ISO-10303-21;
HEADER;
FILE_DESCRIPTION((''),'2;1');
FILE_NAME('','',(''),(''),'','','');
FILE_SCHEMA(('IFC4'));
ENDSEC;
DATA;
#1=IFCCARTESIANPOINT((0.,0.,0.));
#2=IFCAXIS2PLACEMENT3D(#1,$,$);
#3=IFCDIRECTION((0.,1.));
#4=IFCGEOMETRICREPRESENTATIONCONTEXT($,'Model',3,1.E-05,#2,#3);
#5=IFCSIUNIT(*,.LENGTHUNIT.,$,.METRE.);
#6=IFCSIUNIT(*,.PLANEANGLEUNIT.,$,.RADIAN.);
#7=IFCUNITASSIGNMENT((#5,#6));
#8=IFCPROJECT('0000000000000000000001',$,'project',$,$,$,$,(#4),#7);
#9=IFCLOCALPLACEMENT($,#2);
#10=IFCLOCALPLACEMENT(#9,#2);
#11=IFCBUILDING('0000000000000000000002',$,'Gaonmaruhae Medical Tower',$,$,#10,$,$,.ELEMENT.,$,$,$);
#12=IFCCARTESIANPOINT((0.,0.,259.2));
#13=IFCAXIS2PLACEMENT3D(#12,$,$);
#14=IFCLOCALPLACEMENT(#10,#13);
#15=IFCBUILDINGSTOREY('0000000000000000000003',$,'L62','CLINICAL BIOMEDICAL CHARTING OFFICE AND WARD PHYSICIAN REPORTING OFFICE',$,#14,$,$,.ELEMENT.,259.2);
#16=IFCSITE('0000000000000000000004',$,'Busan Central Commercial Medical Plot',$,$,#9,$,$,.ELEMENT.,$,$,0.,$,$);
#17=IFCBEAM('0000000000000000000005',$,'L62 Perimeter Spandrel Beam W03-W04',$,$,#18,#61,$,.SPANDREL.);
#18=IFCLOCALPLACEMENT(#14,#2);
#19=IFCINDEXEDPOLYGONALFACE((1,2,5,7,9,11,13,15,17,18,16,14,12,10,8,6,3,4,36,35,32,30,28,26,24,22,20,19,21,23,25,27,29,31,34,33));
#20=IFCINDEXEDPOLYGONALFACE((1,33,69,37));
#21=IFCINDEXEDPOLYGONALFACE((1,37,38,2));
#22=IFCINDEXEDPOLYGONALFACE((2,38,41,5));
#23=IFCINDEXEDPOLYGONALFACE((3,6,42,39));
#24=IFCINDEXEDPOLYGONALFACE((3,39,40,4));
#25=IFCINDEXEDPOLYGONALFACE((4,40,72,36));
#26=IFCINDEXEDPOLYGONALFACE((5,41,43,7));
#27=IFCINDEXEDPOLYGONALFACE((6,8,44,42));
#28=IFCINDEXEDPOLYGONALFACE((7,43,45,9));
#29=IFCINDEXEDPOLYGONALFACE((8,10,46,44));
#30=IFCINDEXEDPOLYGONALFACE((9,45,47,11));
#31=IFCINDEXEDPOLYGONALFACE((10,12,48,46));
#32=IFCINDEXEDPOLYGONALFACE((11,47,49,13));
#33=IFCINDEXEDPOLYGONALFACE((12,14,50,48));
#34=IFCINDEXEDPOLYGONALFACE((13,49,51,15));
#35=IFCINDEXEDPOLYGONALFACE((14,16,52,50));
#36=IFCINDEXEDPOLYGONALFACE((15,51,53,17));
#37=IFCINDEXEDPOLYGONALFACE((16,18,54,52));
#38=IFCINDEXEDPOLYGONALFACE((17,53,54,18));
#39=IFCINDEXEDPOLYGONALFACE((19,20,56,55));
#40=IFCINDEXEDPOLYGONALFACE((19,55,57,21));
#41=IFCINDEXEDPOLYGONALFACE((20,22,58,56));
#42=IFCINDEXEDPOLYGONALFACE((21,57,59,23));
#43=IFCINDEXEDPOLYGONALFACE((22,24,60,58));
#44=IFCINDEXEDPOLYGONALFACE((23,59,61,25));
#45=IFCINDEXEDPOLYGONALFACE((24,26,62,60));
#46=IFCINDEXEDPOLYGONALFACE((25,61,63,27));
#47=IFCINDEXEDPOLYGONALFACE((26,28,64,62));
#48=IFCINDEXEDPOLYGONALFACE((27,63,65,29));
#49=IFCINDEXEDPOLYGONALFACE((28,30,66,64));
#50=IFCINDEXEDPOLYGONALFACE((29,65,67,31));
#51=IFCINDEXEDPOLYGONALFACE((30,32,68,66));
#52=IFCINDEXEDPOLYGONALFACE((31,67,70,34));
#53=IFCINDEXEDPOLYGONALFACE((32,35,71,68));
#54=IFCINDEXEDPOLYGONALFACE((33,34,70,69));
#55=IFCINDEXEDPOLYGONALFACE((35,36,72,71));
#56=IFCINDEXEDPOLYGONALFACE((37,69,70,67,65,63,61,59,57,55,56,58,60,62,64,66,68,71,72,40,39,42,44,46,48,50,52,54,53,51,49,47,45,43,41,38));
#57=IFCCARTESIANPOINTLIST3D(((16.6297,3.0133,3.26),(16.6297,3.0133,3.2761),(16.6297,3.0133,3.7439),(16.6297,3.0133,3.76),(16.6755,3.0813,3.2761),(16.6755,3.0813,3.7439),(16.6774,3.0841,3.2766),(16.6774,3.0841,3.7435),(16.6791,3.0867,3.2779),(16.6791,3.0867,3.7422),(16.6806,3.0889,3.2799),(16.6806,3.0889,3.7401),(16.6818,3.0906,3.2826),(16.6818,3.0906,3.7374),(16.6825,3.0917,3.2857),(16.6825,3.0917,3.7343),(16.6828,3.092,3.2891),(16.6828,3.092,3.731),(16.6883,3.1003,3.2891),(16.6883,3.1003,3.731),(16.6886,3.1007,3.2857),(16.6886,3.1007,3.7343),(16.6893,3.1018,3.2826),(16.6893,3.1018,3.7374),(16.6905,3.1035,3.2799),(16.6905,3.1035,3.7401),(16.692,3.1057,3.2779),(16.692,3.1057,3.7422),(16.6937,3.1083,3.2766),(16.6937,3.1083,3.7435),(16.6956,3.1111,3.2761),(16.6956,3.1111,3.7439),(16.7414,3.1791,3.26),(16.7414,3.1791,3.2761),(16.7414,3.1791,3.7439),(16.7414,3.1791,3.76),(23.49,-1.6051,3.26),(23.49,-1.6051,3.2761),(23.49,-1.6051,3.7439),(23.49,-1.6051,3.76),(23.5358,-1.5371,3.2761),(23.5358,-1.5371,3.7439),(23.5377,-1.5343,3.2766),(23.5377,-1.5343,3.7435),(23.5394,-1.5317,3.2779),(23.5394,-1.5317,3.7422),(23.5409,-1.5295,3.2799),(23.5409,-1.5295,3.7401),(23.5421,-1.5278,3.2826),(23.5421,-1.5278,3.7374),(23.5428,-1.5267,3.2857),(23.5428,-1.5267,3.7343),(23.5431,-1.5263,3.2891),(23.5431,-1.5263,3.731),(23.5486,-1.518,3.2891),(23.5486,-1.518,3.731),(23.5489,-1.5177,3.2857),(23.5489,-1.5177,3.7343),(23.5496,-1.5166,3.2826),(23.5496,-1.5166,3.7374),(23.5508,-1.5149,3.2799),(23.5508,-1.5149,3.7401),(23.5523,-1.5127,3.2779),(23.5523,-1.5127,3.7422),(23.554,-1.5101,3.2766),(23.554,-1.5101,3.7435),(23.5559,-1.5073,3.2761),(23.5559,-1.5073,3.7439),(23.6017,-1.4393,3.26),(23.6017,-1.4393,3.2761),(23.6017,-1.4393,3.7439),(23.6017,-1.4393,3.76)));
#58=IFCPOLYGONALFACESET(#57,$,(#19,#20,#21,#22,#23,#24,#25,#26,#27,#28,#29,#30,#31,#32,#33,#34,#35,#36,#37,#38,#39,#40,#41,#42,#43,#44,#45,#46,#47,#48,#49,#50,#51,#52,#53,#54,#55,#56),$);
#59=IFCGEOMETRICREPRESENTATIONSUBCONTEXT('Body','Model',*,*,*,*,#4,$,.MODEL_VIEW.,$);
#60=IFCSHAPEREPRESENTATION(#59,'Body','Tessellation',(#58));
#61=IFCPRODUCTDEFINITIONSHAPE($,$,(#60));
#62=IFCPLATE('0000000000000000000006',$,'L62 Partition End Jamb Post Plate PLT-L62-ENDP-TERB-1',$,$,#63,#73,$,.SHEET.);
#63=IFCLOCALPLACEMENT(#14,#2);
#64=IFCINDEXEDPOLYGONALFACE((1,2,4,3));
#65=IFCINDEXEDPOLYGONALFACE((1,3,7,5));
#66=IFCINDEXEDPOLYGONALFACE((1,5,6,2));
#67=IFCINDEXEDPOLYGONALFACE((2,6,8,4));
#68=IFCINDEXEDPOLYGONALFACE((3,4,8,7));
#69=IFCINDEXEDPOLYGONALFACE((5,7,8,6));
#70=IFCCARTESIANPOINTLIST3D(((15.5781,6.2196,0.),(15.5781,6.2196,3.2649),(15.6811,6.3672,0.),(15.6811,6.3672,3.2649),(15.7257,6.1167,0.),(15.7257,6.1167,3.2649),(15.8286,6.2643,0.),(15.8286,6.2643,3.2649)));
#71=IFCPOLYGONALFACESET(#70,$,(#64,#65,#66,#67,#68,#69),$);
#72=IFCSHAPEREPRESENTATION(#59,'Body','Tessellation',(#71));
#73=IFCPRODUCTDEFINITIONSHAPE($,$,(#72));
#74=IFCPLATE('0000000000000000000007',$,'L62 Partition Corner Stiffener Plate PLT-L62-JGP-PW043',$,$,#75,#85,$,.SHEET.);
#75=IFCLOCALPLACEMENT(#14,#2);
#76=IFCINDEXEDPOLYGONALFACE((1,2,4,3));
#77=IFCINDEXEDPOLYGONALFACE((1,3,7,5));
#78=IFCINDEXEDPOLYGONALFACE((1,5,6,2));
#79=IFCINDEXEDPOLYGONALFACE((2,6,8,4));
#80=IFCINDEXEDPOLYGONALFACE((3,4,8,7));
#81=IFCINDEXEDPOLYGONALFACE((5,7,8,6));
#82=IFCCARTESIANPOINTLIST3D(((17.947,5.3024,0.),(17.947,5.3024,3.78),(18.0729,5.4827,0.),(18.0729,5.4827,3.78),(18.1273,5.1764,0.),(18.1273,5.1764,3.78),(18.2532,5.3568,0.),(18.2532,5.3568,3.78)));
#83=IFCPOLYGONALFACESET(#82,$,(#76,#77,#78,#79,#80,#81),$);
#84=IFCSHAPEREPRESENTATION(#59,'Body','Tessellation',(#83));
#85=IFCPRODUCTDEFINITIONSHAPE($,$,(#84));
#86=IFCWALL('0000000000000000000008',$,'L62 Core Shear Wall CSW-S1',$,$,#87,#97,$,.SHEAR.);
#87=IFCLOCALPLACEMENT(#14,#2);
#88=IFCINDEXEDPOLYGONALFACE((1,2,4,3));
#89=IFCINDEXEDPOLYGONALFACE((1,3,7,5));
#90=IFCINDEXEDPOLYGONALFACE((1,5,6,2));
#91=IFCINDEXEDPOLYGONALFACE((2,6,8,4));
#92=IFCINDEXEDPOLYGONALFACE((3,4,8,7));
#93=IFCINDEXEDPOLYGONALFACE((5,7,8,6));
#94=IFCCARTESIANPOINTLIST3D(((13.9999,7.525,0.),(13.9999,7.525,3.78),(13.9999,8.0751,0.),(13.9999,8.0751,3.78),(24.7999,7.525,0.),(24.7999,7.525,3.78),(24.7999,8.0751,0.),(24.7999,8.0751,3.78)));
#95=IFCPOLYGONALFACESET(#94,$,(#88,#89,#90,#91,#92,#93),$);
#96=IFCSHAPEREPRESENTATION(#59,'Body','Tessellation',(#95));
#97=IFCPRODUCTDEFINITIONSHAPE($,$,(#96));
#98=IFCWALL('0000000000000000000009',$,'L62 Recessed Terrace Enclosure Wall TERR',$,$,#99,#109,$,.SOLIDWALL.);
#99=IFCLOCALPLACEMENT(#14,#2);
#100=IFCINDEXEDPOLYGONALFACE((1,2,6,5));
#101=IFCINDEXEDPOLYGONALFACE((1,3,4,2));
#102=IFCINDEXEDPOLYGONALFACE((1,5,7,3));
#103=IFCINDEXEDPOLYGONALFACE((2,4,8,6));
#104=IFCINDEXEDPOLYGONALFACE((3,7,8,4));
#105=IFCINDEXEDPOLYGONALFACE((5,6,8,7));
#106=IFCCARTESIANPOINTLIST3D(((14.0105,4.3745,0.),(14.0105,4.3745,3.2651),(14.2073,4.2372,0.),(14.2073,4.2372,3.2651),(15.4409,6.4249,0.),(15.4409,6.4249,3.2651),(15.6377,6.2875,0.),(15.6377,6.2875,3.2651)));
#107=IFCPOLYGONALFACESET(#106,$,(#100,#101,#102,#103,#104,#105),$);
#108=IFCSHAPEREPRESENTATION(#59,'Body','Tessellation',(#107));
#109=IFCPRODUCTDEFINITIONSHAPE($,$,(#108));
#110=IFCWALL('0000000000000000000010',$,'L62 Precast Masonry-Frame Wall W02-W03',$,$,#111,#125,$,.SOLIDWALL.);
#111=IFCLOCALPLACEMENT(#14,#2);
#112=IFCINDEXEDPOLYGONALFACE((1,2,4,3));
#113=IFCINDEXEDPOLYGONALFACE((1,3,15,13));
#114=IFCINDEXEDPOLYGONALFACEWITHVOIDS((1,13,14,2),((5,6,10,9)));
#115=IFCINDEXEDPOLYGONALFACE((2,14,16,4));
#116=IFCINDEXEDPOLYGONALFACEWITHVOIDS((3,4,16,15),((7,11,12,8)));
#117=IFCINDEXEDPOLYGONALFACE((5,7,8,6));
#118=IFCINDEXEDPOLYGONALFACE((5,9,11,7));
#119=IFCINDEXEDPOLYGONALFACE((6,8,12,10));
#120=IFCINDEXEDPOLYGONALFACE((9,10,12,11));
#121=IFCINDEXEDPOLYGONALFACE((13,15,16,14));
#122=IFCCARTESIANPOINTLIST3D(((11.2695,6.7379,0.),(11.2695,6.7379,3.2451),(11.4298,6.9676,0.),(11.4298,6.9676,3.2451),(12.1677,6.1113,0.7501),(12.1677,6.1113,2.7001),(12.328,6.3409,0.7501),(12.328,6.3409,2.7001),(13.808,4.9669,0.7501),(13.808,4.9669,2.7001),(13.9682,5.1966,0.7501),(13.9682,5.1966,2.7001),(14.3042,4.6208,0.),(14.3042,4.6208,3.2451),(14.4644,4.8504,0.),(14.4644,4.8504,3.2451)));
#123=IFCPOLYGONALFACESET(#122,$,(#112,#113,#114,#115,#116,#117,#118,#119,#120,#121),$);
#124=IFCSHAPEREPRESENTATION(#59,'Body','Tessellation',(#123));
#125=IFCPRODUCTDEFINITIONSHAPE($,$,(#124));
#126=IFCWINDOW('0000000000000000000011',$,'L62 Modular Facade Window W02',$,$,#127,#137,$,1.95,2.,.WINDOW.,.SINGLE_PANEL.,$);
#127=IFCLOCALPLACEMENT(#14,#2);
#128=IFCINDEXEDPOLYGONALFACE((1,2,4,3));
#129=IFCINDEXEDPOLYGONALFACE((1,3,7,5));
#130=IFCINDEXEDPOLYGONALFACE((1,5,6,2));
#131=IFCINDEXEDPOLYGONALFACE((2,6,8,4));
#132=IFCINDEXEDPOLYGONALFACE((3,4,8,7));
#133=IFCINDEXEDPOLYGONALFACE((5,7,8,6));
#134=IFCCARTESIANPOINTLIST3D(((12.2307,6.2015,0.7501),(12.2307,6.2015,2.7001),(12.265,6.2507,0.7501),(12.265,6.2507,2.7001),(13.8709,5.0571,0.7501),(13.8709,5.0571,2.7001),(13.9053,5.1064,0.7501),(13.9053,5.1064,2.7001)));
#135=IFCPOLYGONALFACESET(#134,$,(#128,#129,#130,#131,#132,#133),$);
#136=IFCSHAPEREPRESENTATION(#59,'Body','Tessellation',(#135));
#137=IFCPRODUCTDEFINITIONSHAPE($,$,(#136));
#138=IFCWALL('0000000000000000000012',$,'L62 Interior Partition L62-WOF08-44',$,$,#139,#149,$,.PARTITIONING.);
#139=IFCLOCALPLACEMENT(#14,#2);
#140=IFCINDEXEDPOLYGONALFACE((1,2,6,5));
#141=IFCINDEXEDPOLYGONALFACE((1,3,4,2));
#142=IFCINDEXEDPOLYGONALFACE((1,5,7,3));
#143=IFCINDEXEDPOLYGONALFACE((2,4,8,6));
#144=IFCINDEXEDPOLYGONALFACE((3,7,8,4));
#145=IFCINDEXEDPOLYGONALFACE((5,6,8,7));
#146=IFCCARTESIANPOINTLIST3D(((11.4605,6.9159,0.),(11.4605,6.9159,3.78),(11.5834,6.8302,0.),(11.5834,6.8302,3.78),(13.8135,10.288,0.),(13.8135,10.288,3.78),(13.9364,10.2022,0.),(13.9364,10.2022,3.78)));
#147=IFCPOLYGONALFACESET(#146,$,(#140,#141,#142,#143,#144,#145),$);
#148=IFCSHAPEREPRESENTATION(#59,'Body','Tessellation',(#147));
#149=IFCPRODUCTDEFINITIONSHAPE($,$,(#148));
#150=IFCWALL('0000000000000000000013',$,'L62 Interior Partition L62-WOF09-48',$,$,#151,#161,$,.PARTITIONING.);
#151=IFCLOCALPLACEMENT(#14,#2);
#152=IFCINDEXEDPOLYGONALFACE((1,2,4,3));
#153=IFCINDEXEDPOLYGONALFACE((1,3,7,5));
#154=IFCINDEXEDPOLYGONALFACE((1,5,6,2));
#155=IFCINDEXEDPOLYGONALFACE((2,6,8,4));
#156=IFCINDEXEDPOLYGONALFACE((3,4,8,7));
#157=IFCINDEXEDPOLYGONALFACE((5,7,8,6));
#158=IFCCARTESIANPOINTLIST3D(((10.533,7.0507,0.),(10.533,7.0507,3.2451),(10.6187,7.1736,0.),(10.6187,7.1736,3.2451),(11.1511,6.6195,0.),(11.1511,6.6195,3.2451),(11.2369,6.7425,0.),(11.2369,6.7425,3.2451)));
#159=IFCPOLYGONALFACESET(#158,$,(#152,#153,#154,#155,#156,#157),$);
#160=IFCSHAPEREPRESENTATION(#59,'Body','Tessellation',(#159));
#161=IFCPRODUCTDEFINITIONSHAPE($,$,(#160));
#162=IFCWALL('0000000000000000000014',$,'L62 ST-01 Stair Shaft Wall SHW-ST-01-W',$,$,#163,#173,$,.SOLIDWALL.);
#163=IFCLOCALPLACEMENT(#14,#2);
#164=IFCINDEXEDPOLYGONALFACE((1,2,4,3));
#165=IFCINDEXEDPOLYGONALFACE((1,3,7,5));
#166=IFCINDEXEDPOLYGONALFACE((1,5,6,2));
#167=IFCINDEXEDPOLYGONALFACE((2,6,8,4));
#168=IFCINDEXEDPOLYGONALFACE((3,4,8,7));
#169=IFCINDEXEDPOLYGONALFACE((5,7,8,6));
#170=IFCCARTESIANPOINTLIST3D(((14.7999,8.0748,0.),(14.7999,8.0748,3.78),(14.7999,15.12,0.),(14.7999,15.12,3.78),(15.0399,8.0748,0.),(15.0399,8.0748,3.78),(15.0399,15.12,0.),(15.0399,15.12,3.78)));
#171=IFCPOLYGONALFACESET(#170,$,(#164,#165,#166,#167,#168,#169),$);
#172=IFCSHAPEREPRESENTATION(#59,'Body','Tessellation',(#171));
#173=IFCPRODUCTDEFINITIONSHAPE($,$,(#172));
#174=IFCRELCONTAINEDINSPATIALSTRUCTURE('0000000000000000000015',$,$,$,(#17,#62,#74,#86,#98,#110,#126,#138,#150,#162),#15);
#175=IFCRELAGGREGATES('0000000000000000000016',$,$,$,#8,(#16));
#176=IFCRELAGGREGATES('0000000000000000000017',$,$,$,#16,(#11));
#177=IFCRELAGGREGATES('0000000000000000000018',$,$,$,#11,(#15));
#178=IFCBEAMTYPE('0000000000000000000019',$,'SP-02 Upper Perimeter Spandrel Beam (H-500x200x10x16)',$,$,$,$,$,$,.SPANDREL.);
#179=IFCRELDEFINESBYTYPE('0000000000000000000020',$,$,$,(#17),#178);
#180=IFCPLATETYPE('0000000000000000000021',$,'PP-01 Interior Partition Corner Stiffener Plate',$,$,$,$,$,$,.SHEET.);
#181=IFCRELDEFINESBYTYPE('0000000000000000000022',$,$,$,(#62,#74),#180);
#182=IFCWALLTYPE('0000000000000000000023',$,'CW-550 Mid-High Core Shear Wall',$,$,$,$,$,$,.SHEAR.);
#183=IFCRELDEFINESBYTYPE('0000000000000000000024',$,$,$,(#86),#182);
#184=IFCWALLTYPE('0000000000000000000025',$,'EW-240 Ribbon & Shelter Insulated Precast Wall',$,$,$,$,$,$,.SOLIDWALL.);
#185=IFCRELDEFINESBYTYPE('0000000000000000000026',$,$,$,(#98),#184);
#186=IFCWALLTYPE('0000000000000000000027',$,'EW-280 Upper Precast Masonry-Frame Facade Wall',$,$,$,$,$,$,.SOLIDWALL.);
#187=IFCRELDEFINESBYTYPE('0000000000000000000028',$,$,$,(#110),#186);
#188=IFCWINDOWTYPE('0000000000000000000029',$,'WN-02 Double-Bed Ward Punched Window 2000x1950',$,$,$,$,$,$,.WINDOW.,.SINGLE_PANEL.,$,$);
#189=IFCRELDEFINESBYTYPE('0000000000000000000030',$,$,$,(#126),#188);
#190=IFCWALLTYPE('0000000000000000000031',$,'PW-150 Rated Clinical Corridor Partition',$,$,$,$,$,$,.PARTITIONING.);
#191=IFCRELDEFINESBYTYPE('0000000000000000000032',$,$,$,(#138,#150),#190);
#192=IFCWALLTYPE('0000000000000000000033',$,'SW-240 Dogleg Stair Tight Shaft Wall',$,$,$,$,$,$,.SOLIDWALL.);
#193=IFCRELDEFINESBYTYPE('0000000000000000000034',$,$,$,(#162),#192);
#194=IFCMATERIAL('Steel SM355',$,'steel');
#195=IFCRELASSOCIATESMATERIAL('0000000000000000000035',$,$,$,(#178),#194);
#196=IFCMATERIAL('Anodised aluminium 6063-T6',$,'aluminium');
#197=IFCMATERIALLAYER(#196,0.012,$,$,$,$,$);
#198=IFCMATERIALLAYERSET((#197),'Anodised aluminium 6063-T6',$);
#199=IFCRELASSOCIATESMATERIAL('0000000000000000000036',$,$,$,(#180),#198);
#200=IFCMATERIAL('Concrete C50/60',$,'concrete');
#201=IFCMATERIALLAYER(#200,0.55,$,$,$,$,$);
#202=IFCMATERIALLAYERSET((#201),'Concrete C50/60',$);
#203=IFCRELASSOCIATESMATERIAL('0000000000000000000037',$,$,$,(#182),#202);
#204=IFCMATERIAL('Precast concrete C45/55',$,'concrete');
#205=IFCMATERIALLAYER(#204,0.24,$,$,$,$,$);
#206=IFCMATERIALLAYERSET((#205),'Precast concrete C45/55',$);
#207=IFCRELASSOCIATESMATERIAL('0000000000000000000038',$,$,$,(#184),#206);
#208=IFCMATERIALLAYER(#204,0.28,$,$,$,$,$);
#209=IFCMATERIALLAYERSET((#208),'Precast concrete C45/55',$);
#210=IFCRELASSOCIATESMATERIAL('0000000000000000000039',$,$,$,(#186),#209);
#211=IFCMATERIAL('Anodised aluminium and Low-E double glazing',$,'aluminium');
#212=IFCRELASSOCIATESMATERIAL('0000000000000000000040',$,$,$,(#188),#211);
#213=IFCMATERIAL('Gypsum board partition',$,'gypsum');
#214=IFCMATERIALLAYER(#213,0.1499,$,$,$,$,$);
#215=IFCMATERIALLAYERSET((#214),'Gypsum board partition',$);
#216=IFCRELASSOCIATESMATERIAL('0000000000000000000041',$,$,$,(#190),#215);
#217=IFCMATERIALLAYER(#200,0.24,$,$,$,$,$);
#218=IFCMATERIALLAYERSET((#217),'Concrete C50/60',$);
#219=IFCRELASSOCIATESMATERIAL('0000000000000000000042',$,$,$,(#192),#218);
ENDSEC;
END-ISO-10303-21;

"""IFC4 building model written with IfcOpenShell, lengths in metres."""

from ifc_helpers import new_model, si_unit, direction, frame, frame_2d, origin, origin_2d, place, context, subcontext, project, spatial, rectangle, i_section, extrude, material, layer, layer_set, material_profile, profile_set, type_object, element, fill, save


model = new_model("IFC4")

# Units and contexts
model_context = context("Model", 3, precision=1e-05, world=origin(), true_north=direction((0.0, 1.0)))
body_context = subcontext(model_context, "Body", "Model", "MODEL_VIEW")
ifc_project = project(units=[si_unit("LENGTHUNIT", "METRE"), si_unit("PLANEANGLEUNIT", "RADIAN")], contexts=[model_context])

# Site, building, storey
site_placement = place(None, origin())
site = spatial("IfcSite", under=ifc_project, at=site_placement, Name="Busan Central Commercial Medical Plot", CompositionType="ELEMENT", RefElevation=0.0)
building_placement = place(site_placement, origin())
building = spatial("IfcBuilding", under=site, at=building_placement, Name="Gaonmaruhae Medical Tower", CompositionType="ELEMENT")
storey_placement = place(building_placement, frame((0.0, 0.0, 259.2)))
storey = spatial("IfcBuildingStorey", under=building, at=storey_placement, Name="L62", Description="CLINICAL BIOMEDICAL CHARTING OFFICE AND WARD PHYSICIAN REPORTING OFFICE", CompositionType="ELEMENT", Elevation=259.2)

# Shared definitions
ifc_material_1 = material(Name="Concrete C50/60", Category="concrete")

# Beam
ifc_material_2 = material(Name="Steel SM355", Category="steel")
ifc_material_profile_1 = material_profile(ifc_material_2, i_section(OverallWidth=0.2, OverallDepth=0.5, WebThickness=0.01, FlangeThickness=0.0161, FilletRadius=0.0129, at=origin_2d()), Name="H-500x200x10x16")
ifc_profile_set_1 = profile_set([ifc_material_profile_1], Name="Steel SM355")
beam_type_1 = type_object("IfcBeamType", Name="SP-02 Upper Perimeter Spandrel Beam (H-500x200x10x16)", PredefinedType="SPANDREL", material=ifc_profile_set_1)
beam_1_placement = place(storey_placement, frame((16.6855, 3.0962, 3.51), z_axis=(0.829539, -0.558448, 0.0), x_axis=(0.558448, 0.829539, 0.0)))
element("IfcBeam", 1, at=beam_1_placement, inside=storey, type_object=beam_type_1, Name="L62 Perimeter Spandrel Beam W03-W04", PredefinedType="SPANDREL", context=body_context, shape_type="SweptSolid", body=[
    extrude(i_section(OverallWidth=0.2, OverallDepth=0.5, WebThickness=0.01, FlangeThickness=0.0161, FilletRadius=0.0129, at=origin_2d()), origin(), (0.0, 0.0, 1.0), 8.27),
])

# Plates
ifc_material_3 = material(Name="Anodised aluminium 6063-T6", Category="aluminium")
ifc_layer_1 = layer(ifc_material_3, 0.012)
ifc_layer_set_1 = layer_set([ifc_layer_1], Name="Anodised aluminium 6063-T6")
plate_type = type_object("IfcPlateType", Name="PP-01 Interior Partition Corner Stiffener Plate", PredefinedType="SHEET", material=ifc_layer_set_1)
plate_1_placement = place(storey_placement, frame((15.7034, 6.2419, 0.0), z_axis=(0.0, 0.0, 1.0), x_axis=(-0.820142, 0.57216, 0.0)))
element("IfcPlate", 2, at=plate_1_placement, inside=storey, type_object=plate_type, Name="L62 Partition End Jamb Post Plate PLT-L62-ENDP-TERB-1", PredefinedType="SHEET", context=body_context, shape_type="SweptSolid", body=[
    extrude(rectangle(XDim=0.1799, YDim=0.1799, at=origin_2d()), origin(), (0.0, 0.0, 1.0), 3.2649),
])
plate_2_placement = place(storey_placement, frame((18.1001, 5.3296, 0.0), z_axis=(0.0, 0.0, 1.0), x_axis=(-0.572504, -0.819902, 0.0)))
element("IfcPlate", 3, at=plate_2_placement, inside=storey, type_object=plate_type, Name="L62 Partition Corner Stiffener Plate PLT-L62-JGP-PW043", PredefinedType="SHEET", context=body_context, shape_type="SweptSolid", body=[
    extrude(rectangle(XDim=0.22, YDim=0.22, at=origin_2d()), origin(), (0.0, 0.0, 1.0), 3.78),
])

# Walls
ifc_layer_2 = layer(ifc_material_1, 0.55)
ifc_layer_set_2 = layer_set([ifc_layer_2], Name="Concrete C50/60")
wall_type_1 = type_object("IfcWallType", Name="CW-550 Mid-High Core Shear Wall", PredefinedType="SHEAR", material=ifc_layer_set_2)
wall_1_placement = place(storey_placement, frame((14.0, 7.8, 0.0), z_axis=(0.0, 0.0, 1.0), x_axis=(1.0, 0.0, 0.0)))
element("IfcWall", 4, at=wall_1_placement, inside=storey, type_object=wall_type_1, Name="L62 Core Shear Wall CSW-S1", PredefinedType="SHEAR", context=body_context, shape_type="SweptSolid", body=[
    extrude(rectangle(XDim=10.8, YDim=0.55, at=frame_2d((5.3999, 0.0))), origin(), (0.0, 0.0, 1.0), 3.78),
])
ifc_material_4 = material(Name="Precast concrete C45/55", Category="concrete")
ifc_layer_3 = layer(ifc_material_4, 0.24)
ifc_layer_set_3 = layer_set([ifc_layer_3], Name="Precast concrete C45/55")
wall_type_2 = type_object("IfcWallType", Name="EW-240 Ribbon & Shelter Insulated Precast Wall", PredefinedType="SOLIDWALL", material=ifc_layer_set_3)
wall_2_placement = place(storey_placement, frame((15.5393, 6.3562, 0.0), z_axis=(0.0, 0.0, 1.0), x_axis=(-0.572177, -0.82013, 0.0)))
element("IfcWall", 5, at=wall_2_placement, inside=storey, type_object=wall_type_2, Name="L62 Recessed Terrace Enclosure Wall TERR", PredefinedType="SOLIDWALL", context=body_context, shape_type="SweptSolid", body=[
    extrude(rectangle(XDim=2.5, YDim=0.24, at=frame_2d((1.25, 0.0))), origin(), (0.0, 0.0, 1.0), 3.2651),
])

# Wall, opening, window
ifc_layer_4 = layer(ifc_material_4, 0.28)
ifc_layer_set_4 = layer_set([ifc_layer_4], Name="Precast concrete C45/55")
wall_type_3 = type_object("IfcWallType", Name="EW-280 Upper Precast Masonry-Frame Facade Wall", PredefinedType="SOLIDWALL", material=ifc_layer_set_4)
wall_3_placement = place(storey_placement, frame((14.3843, 4.7356, 0.0), z_axis=(0.0, 0.0, 1.0), x_axis=(-0.82013, 0.572177, 0.0)))
wall_3 = element("IfcWall", 6, at=wall_3_placement, inside=storey, type_object=wall_type_3, Name="L62 Precast Masonry-Frame Wall W02-W03", PredefinedType="SOLIDWALL", context=body_context, shape_type="SweptSolid", body=[
    extrude(rectangle(XDim=3.7002, YDim=0.28, at=frame_2d((1.8501, 0.0))), origin(), (0.0, 0.0, 1.0), 3.2451),
])
opening_placement = place(wall_3_placement, frame((0.605, 0.0, 0.75)))
opening = element("IfcOpeningElement", 7, at=opening_placement, cuts=wall_3, PredefinedType="OPENING", context=body_context, shape_type="SweptSolid", body=[
    extrude(rectangle(XDim=2.0, YDim=1.95, at=frame_2d((1.0, 0.9751))), frame((0.0, 0.1499, 0.0), z_axis=(0.0, -1.0, 0.0), x_axis=(1.0, 0.0, 0.0)), (0.0, 0.0, 1.0), 0.3),
])
ifc_material_5 = material(Name="Anodised aluminium and Low-E double glazing", Category="aluminium")
window_type = type_object("IfcWindowType", Name="WN-02 Double-Bed Ward Punched Window 2000x1950", PartitioningType="SINGLE_PANEL", PredefinedType="WINDOW", material=ifc_material_5)
window_placement = place(opening_placement, origin())
window = element("IfcWindow", 8, at=window_placement, inside=storey, type_object=window_type, Name="L62 Modular Facade Window W02", OverallHeight=1.95, OverallWidth=2.0, PartitioningType="SINGLE_PANEL", PredefinedType="WINDOW", context=body_context, shape_type="SweptSolid", body=[
    extrude(rectangle(XDim=2.0, YDim=1.95, at=frame_2d((1.0, 0.9751))), frame((0.0, 0.03, 0.0), z_axis=(0.0, -1.0, 0.0), x_axis=(1.0, 0.0, 0.0)), (0.0, 0.0, 1.0), 0.0601),
])
fill(opening, window)

# Walls
ifc_material_6 = material(Name="Gypsum board partition", Category="gypsum")
ifc_layer_5 = layer(ifc_material_6, 0.1499)
ifc_layer_set_5 = layer_set([ifc_layer_5], Name="Gypsum board partition")
wall_type_4 = type_object("IfcWallType", Name="PW-150 Rated Clinical Corridor Partition", PredefinedType="PARTITIONING", material=ifc_layer_set_5)
wall_4_placement = place(storey_placement, frame((11.522, 6.873, 0.0), z_axis=(0.0, 0.0, 1.0), x_axis=(0.57225, 0.820079, 0.0)))
element("IfcWall", 9, at=wall_4_placement, inside=storey, type_object=wall_type_4, Name="L62 Interior Partition L62-WOF08-44", PredefinedType="PARTITIONING", context=body_context, shape_type="SweptSolid", body=[
    extrude(rectangle(XDim=4.1118, YDim=0.1499, at=frame_2d((2.0559, 0.0))), origin(), (0.0, 0.0, 1.0), 3.78),
])
wall_5_placement = place(storey_placement, frame((11.1941, 6.6809, 0.0), z_axis=(0.0, 0.0, 1.0), x_axis=(-0.820205, 0.57207, 0.0)))
element("IfcWall", 10, at=wall_5_placement, inside=storey, type_object=wall_type_4, Name="L62 Interior Partition L62-WOF09-48", PredefinedType="PARTITIONING", context=body_context, shape_type="SweptSolid", body=[
    extrude(rectangle(XDim=0.7537, YDim=0.1499, at=frame_2d((0.377, 0.0))), origin(), (0.0, 0.0, 1.0), 3.2451),
])
ifc_layer_6 = layer(ifc_material_1, 0.24)
ifc_layer_set_6 = layer_set([ifc_layer_6], Name="Concrete C50/60")
wall_type_5 = type_object("IfcWallType", Name="SW-240 Dogleg Stair Tight Shaft Wall", PredefinedType="SOLIDWALL", material=ifc_layer_set_6)
wall_6_placement = place(storey_placement, frame((14.9199, 8.075, 0.0), z_axis=(0.0, 0.0, 1.0), x_axis=(0.0, 1.0, 0.0)))
element("IfcWall", 11, at=wall_6_placement, inside=storey, type_object=wall_type_5, Name="L62 ST-01 Stair Shaft Wall SHW-ST-01-W", PredefinedType="SOLIDWALL", context=body_context, shape_type="SweptSolid", body=[
    extrude(rectangle(XDim=7.0452, YDim=0.24, at=frame_2d((3.5225, 0.0))), origin(), (0.0, 0.0, 1.0), 3.78),
])

save(model, "model.ifc")
